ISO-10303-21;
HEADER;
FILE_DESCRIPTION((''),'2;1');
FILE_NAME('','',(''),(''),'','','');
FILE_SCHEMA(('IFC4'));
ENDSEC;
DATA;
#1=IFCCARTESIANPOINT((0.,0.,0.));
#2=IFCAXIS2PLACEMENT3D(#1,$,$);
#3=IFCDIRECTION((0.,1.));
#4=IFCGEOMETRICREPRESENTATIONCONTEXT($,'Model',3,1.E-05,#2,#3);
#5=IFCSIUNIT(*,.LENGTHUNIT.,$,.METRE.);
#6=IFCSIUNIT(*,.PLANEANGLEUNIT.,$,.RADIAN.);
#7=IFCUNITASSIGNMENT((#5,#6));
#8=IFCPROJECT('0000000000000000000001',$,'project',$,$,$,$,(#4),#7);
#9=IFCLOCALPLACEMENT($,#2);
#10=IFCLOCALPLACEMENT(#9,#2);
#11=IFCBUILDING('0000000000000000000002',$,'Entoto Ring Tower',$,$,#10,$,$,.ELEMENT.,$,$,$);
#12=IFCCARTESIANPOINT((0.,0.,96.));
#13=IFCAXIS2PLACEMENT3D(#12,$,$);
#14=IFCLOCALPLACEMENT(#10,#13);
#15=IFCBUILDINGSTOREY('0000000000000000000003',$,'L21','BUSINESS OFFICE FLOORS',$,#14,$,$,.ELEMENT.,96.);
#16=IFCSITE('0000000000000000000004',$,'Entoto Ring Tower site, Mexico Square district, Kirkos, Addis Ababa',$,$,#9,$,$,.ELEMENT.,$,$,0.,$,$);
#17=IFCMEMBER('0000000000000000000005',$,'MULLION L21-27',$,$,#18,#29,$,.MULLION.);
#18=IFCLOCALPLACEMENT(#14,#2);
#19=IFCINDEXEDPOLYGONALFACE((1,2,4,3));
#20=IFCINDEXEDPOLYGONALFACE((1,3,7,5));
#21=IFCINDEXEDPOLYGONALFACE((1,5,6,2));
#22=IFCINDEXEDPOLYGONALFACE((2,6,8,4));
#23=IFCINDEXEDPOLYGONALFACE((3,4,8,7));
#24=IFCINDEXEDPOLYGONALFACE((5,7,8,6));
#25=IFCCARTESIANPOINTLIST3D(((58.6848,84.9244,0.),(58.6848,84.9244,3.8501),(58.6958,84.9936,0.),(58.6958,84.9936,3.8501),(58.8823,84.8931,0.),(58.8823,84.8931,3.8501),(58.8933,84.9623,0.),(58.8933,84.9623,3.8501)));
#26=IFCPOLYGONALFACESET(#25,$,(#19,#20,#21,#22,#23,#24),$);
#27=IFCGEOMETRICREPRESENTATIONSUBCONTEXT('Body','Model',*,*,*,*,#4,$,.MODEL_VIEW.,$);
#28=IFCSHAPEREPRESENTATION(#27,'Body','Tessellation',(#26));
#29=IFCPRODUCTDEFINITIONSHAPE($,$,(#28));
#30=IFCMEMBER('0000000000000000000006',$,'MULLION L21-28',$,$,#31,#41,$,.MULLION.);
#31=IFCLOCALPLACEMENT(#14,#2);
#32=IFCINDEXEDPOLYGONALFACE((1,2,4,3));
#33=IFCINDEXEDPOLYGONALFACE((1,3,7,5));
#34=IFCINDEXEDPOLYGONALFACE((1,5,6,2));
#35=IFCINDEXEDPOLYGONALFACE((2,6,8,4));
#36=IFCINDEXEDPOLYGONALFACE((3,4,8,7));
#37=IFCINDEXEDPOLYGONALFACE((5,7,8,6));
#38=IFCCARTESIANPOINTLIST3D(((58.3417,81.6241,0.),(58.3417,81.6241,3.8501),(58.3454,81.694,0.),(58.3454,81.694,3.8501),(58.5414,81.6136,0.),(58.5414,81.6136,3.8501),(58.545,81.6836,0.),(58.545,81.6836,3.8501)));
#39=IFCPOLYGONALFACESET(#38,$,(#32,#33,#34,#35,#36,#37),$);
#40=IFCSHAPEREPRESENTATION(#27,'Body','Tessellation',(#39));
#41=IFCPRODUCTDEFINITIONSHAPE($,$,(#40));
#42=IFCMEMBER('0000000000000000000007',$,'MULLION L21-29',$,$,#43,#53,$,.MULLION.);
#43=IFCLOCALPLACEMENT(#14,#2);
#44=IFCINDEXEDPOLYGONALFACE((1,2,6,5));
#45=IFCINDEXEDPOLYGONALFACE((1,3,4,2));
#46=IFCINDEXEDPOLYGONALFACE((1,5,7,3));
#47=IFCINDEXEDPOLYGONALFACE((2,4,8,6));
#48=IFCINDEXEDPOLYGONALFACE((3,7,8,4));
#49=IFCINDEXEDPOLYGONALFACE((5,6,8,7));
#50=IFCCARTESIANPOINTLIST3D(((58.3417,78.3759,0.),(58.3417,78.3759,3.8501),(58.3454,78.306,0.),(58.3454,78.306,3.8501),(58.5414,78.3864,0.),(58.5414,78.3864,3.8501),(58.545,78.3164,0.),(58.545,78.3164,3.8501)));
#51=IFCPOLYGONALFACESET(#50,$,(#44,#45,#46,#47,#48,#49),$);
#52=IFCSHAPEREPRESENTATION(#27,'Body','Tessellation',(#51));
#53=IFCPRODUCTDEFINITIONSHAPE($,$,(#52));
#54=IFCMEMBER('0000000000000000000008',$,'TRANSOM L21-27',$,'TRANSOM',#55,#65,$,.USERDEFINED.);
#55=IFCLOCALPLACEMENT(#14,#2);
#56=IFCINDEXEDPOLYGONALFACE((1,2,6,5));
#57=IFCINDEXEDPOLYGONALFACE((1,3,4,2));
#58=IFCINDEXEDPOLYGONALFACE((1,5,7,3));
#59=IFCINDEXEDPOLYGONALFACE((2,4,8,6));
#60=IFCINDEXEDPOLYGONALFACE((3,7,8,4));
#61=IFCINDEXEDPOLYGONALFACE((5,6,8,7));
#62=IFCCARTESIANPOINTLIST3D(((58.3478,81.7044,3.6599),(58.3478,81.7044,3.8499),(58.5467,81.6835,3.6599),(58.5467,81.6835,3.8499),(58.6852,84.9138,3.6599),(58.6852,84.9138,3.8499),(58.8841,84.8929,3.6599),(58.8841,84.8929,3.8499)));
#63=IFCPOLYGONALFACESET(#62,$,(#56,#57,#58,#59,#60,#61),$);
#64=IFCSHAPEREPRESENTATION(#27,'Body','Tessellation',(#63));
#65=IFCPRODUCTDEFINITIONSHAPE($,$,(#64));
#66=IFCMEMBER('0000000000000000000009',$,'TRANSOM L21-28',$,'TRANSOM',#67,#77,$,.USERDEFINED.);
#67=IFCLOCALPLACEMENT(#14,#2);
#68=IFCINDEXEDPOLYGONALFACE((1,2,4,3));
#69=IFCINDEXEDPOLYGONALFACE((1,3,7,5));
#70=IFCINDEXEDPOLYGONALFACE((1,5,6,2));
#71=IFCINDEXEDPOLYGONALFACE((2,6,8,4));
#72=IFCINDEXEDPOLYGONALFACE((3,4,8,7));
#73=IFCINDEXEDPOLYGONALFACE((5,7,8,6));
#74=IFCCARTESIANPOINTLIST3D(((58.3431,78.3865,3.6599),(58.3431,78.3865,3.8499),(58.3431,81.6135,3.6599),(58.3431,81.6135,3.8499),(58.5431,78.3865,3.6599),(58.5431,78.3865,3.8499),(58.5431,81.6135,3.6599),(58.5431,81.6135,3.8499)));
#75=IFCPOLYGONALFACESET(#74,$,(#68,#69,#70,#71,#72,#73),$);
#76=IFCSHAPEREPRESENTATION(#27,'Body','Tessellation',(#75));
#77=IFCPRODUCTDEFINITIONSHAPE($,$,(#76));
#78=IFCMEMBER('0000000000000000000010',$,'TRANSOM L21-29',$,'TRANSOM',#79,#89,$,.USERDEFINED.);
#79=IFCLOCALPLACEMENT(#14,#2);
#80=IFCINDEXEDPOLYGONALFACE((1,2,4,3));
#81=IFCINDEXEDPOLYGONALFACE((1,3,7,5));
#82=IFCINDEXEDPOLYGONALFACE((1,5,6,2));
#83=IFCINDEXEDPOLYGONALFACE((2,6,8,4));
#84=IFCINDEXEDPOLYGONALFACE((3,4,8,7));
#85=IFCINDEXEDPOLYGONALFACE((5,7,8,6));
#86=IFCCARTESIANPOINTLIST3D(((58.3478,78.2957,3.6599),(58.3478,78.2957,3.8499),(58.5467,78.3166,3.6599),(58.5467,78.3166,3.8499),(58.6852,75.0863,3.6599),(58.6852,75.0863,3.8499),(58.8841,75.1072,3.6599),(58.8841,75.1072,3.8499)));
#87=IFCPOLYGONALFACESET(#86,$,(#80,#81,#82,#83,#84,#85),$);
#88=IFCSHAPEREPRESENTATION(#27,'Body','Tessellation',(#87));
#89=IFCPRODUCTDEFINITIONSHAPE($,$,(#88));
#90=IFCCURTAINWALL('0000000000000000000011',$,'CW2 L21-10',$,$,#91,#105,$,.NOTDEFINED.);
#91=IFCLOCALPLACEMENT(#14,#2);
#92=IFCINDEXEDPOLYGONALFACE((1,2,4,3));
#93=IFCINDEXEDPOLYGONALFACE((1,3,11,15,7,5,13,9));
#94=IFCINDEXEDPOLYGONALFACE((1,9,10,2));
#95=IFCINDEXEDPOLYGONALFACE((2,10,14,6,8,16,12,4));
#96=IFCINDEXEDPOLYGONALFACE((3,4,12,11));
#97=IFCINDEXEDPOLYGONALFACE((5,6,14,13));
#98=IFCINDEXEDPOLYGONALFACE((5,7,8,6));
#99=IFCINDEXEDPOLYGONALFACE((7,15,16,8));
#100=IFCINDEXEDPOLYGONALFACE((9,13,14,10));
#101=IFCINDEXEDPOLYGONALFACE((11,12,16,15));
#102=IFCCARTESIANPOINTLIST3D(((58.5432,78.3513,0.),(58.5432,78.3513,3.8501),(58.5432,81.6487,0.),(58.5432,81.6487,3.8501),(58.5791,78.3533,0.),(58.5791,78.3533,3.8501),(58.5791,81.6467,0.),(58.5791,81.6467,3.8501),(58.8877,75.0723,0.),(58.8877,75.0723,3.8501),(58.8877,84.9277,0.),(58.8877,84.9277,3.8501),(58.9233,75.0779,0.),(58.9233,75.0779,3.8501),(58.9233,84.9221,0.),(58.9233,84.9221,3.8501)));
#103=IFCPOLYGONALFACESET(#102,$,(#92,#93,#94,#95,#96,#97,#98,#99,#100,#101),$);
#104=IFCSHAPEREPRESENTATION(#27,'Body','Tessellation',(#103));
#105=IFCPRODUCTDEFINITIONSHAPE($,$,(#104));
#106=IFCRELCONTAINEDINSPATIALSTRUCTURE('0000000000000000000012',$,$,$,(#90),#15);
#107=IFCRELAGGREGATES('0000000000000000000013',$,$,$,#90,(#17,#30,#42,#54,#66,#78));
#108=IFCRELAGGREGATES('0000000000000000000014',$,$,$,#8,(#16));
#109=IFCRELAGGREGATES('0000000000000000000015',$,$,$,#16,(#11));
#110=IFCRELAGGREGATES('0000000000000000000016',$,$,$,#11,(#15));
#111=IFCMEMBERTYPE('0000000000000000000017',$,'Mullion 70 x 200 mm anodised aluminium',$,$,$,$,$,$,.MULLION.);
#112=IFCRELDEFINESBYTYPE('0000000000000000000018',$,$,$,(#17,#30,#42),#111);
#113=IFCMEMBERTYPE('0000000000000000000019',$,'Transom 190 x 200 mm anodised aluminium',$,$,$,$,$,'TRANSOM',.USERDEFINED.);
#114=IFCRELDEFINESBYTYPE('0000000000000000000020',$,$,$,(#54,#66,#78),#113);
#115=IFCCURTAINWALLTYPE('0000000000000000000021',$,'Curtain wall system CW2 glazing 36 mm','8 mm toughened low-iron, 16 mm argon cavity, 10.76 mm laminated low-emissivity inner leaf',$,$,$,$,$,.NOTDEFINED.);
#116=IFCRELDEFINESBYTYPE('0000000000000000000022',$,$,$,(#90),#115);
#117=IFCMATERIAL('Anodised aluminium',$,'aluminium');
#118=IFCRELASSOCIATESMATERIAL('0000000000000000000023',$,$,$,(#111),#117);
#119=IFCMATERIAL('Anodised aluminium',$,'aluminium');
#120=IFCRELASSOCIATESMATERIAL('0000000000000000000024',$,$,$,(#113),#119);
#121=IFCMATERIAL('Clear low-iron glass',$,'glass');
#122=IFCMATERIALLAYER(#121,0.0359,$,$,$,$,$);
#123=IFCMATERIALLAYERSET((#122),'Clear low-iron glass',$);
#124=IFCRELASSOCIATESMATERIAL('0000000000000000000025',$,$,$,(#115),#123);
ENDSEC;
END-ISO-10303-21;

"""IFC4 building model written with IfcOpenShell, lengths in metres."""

from ifc_helpers import new_model, si_unit, direction, frame, origin, origin_2d, place, context, subcontext, project, spatial, polyline, rectangle, outline, extrude, material, layer, layer_set, material_profile, profile_set, type_object, element, aggregate, save


model = new_model("IFC4")

# Units and contexts
model_context = context("Model", 3, precision=1e-05, world=origin(), true_north=direction((0.0, 1.0)))
body_context = subcontext(model_context, "Body", "Model", "MODEL_VIEW")
ifc_project = project(units=[si_unit("LENGTHUNIT", "METRE"), si_unit("PLANEANGLEUNIT", "RADIAN")], contexts=[model_context])

# Members
ifc_material_1 = material(Name="Anodised aluminium", Category="aluminium")
ifc_material_profile_1 = material_profile(ifc_material_1, rectangle(XDim=0.0701, YDim=0.2, at=origin_2d()), Name="Mullion 70 x 200 mm anodised aluminium")
ifc_profile_set_1 = profile_set([ifc_material_profile_1], Name="Anodised aluminium")
member_type_1 = type_object("IfcMemberType", Name="Mullion 70 x 200 mm anodised aluminium", PredefinedType="MULLION", material=ifc_profile_set_1)
site_placement = place(None, origin())
building_placement = place(site_placement, origin())
storey_placement = place(building_placement, frame((0.0, 0.0, 96.0)))
member_1_placement = place(storey_placement, frame((58.7891, 84.9434, 0.0), z_axis=(0.0, 0.0, 1.0), x_axis=(-0.156434, -0.987688, 0.0)))
member_1 = element("IfcMember", 1, at=member_1_placement, type_object=member_type_1, Name="MULLION L21-27", PredefinedType="MULLION", context=body_context, shape_type="SweptSolid", body=[
    extrude(rectangle(XDim=0.0701, YDim=0.2, at=origin_2d()), origin(), (0.0, 0.0, 1.0), 3.8501),
])
member_2_placement = place(storey_placement, frame((58.4434, 81.6538, 0.0), z_axis=(0.0, 0.0, 1.0), x_axis=(-0.052336, -0.99863, 0.0)))
member_2 = element("IfcMember", 2, at=member_2_placement, type_object=member_type_1, Name="MULLION L21-28", PredefinedType="MULLION", context=body_context, shape_type="SweptSolid", body=[
    extrude(rectangle(XDim=0.0701, YDim=0.2, at=origin_2d()), origin(), (0.0, 0.0, 1.0), 3.8501),
])
member_3_placement = place(storey_placement, frame((58.4434, 78.3462, 0.0), z_axis=(0.0, 0.0, 1.0), x_axis=(0.052336, -0.99863, 0.0)))
member_3 = element("IfcMember", 3, at=member_3_placement, type_object=member_type_1, Name="MULLION L21-29", PredefinedType="MULLION", context=body_context, shape_type="SweptSolid", body=[
    extrude(rectangle(XDim=0.0701, YDim=0.2, at=origin_2d()), origin(), (0.0, 0.0, 1.0), 3.8501),
])
ifc_material_2 = material(Name="Anodised aluminium", Category="aluminium")
ifc_material_profile_2 = material_profile(ifc_material_2, rectangle(XDim=0.2, YDim=0.1899, at=origin_2d()), Name="Transom 190 x 200 mm anodised aluminium")
ifc_profile_set_2 = profile_set([ifc_material_profile_2], Name="Anodised aluminium")
member_type_2 = type_object("IfcMemberType", Name="Transom 190 x 200 mm anodised aluminium", ElementType="TRANSOM", PredefinedType="USERDEFINED", material=ifc_profile_set_2)
member_4_placement = place(storey_placement, frame((58.7847, 84.9033, 3.7549), z_axis=(-0.104551, -0.99452, 0.0), x_axis=(0.99452, -0.104551, 0.0)))
member_4 = element("IfcMember", 4, at=member_4_placement, type_object=member_type_2, Name="TRANSOM L21-27", ObjectType="TRANSOM", PredefinedType="USERDEFINED", context=body_context, shape_type="SweptSolid", body=[
    extrude(rectangle(XDim=0.2, YDim=0.1899, at=origin_2d()), origin(), (0.0, 0.0, 1.0), 3.2271),
])
member_5_placement = place(storey_placement, frame((58.4431, 81.6135, 3.7549), z_axis=(0.0, -1.0, 0.0), x_axis=(1.0, 0.0, 0.0)))
member_5 = element("IfcMember", 5, at=member_5_placement, type_object=member_type_2, Name="TRANSOM L21-28", ObjectType="TRANSOM", PredefinedType="USERDEFINED", context=body_context, shape_type="SweptSolid", body=[
    extrude(rectangle(XDim=0.2, YDim=0.1899, at=origin_2d()), origin(), (0.0, 0.0, 1.0), 3.2271),
])
member_6_placement = place(storey_placement, frame((58.4473, 78.3062, 3.7549), z_axis=(0.104551, -0.99452, 0.0), x_axis=(0.99452, 0.104551, 0.0)))
member_6 = element("IfcMember", 6, at=member_6_placement, type_object=member_type_2, Name="TRANSOM L21-29", ObjectType="TRANSOM", PredefinedType="USERDEFINED", context=body_context, shape_type="SweptSolid", body=[
    extrude(rectangle(XDim=0.2, YDim=0.1899, at=origin_2d()), origin(), (0.0, 0.0, 1.0), 3.2271),
])

# Site, building, storey
site = spatial("IfcSite", under=ifc_project, at=site_placement, Name="Entoto Ring Tower site, Mexico Square district, Kirkos, Addis Ababa", CompositionType="ELEMENT", RefElevation=0.0)
building = spatial("IfcBuilding", under=site, at=building_placement, Name="Entoto Ring Tower", CompositionType="ELEMENT")
storey = spatial("IfcBuildingStorey", under=building, at=storey_placement, Name="L21", Description="BUSINESS OFFICE FLOORS", CompositionType="ELEMENT", Elevation=96.0)

# Curtain wall
ifc_material_3 = material(Name="Clear low-iron glass", Category="glass")
ifc_layer = layer(ifc_material_3, 0.0359)
ifc_layer_set = layer_set([ifc_layer], Name="Clear low-iron glass")
curtain_wall_type = type_object("IfcCurtainWallType", Name="Curtain wall system CW2 glazing 36 mm", Description="8 mm toughened low-iron, 16 mm argon cavity, 10.76 mm laminated low-emissivity inner leaf", PredefinedType="NOTDEFINED", material=ifc_layer_set)
curtain_wall_1_placement = place(storey_placement, origin())
curtain_wall_1 = element("IfcCurtainWall", 7, at=curtain_wall_1_placement, inside=storey, type_object=curtain_wall_type, Name="CW2 L21-10", PredefinedType="NOTDEFINED", context=body_context, shape_type="SweptSolid", body=[
    extrude(outline(polyline([(58.8877, 84.9277), (58.5432, 81.6487), (58.5432, 78.3513), (58.8877, 75.0723), (58.9233, 75.0779), (58.5791, 78.3533), (58.5791, 81.6467), (58.9233, 84.9221), (58.8877, 84.9277)])), origin(), (0.0, 0.0, 1.0), 3.8501),
])
aggregate(curtain_wall_1, [member_1, member_2, member_3, member_4, member_5, member_6])

save(model, "model.ifc")
